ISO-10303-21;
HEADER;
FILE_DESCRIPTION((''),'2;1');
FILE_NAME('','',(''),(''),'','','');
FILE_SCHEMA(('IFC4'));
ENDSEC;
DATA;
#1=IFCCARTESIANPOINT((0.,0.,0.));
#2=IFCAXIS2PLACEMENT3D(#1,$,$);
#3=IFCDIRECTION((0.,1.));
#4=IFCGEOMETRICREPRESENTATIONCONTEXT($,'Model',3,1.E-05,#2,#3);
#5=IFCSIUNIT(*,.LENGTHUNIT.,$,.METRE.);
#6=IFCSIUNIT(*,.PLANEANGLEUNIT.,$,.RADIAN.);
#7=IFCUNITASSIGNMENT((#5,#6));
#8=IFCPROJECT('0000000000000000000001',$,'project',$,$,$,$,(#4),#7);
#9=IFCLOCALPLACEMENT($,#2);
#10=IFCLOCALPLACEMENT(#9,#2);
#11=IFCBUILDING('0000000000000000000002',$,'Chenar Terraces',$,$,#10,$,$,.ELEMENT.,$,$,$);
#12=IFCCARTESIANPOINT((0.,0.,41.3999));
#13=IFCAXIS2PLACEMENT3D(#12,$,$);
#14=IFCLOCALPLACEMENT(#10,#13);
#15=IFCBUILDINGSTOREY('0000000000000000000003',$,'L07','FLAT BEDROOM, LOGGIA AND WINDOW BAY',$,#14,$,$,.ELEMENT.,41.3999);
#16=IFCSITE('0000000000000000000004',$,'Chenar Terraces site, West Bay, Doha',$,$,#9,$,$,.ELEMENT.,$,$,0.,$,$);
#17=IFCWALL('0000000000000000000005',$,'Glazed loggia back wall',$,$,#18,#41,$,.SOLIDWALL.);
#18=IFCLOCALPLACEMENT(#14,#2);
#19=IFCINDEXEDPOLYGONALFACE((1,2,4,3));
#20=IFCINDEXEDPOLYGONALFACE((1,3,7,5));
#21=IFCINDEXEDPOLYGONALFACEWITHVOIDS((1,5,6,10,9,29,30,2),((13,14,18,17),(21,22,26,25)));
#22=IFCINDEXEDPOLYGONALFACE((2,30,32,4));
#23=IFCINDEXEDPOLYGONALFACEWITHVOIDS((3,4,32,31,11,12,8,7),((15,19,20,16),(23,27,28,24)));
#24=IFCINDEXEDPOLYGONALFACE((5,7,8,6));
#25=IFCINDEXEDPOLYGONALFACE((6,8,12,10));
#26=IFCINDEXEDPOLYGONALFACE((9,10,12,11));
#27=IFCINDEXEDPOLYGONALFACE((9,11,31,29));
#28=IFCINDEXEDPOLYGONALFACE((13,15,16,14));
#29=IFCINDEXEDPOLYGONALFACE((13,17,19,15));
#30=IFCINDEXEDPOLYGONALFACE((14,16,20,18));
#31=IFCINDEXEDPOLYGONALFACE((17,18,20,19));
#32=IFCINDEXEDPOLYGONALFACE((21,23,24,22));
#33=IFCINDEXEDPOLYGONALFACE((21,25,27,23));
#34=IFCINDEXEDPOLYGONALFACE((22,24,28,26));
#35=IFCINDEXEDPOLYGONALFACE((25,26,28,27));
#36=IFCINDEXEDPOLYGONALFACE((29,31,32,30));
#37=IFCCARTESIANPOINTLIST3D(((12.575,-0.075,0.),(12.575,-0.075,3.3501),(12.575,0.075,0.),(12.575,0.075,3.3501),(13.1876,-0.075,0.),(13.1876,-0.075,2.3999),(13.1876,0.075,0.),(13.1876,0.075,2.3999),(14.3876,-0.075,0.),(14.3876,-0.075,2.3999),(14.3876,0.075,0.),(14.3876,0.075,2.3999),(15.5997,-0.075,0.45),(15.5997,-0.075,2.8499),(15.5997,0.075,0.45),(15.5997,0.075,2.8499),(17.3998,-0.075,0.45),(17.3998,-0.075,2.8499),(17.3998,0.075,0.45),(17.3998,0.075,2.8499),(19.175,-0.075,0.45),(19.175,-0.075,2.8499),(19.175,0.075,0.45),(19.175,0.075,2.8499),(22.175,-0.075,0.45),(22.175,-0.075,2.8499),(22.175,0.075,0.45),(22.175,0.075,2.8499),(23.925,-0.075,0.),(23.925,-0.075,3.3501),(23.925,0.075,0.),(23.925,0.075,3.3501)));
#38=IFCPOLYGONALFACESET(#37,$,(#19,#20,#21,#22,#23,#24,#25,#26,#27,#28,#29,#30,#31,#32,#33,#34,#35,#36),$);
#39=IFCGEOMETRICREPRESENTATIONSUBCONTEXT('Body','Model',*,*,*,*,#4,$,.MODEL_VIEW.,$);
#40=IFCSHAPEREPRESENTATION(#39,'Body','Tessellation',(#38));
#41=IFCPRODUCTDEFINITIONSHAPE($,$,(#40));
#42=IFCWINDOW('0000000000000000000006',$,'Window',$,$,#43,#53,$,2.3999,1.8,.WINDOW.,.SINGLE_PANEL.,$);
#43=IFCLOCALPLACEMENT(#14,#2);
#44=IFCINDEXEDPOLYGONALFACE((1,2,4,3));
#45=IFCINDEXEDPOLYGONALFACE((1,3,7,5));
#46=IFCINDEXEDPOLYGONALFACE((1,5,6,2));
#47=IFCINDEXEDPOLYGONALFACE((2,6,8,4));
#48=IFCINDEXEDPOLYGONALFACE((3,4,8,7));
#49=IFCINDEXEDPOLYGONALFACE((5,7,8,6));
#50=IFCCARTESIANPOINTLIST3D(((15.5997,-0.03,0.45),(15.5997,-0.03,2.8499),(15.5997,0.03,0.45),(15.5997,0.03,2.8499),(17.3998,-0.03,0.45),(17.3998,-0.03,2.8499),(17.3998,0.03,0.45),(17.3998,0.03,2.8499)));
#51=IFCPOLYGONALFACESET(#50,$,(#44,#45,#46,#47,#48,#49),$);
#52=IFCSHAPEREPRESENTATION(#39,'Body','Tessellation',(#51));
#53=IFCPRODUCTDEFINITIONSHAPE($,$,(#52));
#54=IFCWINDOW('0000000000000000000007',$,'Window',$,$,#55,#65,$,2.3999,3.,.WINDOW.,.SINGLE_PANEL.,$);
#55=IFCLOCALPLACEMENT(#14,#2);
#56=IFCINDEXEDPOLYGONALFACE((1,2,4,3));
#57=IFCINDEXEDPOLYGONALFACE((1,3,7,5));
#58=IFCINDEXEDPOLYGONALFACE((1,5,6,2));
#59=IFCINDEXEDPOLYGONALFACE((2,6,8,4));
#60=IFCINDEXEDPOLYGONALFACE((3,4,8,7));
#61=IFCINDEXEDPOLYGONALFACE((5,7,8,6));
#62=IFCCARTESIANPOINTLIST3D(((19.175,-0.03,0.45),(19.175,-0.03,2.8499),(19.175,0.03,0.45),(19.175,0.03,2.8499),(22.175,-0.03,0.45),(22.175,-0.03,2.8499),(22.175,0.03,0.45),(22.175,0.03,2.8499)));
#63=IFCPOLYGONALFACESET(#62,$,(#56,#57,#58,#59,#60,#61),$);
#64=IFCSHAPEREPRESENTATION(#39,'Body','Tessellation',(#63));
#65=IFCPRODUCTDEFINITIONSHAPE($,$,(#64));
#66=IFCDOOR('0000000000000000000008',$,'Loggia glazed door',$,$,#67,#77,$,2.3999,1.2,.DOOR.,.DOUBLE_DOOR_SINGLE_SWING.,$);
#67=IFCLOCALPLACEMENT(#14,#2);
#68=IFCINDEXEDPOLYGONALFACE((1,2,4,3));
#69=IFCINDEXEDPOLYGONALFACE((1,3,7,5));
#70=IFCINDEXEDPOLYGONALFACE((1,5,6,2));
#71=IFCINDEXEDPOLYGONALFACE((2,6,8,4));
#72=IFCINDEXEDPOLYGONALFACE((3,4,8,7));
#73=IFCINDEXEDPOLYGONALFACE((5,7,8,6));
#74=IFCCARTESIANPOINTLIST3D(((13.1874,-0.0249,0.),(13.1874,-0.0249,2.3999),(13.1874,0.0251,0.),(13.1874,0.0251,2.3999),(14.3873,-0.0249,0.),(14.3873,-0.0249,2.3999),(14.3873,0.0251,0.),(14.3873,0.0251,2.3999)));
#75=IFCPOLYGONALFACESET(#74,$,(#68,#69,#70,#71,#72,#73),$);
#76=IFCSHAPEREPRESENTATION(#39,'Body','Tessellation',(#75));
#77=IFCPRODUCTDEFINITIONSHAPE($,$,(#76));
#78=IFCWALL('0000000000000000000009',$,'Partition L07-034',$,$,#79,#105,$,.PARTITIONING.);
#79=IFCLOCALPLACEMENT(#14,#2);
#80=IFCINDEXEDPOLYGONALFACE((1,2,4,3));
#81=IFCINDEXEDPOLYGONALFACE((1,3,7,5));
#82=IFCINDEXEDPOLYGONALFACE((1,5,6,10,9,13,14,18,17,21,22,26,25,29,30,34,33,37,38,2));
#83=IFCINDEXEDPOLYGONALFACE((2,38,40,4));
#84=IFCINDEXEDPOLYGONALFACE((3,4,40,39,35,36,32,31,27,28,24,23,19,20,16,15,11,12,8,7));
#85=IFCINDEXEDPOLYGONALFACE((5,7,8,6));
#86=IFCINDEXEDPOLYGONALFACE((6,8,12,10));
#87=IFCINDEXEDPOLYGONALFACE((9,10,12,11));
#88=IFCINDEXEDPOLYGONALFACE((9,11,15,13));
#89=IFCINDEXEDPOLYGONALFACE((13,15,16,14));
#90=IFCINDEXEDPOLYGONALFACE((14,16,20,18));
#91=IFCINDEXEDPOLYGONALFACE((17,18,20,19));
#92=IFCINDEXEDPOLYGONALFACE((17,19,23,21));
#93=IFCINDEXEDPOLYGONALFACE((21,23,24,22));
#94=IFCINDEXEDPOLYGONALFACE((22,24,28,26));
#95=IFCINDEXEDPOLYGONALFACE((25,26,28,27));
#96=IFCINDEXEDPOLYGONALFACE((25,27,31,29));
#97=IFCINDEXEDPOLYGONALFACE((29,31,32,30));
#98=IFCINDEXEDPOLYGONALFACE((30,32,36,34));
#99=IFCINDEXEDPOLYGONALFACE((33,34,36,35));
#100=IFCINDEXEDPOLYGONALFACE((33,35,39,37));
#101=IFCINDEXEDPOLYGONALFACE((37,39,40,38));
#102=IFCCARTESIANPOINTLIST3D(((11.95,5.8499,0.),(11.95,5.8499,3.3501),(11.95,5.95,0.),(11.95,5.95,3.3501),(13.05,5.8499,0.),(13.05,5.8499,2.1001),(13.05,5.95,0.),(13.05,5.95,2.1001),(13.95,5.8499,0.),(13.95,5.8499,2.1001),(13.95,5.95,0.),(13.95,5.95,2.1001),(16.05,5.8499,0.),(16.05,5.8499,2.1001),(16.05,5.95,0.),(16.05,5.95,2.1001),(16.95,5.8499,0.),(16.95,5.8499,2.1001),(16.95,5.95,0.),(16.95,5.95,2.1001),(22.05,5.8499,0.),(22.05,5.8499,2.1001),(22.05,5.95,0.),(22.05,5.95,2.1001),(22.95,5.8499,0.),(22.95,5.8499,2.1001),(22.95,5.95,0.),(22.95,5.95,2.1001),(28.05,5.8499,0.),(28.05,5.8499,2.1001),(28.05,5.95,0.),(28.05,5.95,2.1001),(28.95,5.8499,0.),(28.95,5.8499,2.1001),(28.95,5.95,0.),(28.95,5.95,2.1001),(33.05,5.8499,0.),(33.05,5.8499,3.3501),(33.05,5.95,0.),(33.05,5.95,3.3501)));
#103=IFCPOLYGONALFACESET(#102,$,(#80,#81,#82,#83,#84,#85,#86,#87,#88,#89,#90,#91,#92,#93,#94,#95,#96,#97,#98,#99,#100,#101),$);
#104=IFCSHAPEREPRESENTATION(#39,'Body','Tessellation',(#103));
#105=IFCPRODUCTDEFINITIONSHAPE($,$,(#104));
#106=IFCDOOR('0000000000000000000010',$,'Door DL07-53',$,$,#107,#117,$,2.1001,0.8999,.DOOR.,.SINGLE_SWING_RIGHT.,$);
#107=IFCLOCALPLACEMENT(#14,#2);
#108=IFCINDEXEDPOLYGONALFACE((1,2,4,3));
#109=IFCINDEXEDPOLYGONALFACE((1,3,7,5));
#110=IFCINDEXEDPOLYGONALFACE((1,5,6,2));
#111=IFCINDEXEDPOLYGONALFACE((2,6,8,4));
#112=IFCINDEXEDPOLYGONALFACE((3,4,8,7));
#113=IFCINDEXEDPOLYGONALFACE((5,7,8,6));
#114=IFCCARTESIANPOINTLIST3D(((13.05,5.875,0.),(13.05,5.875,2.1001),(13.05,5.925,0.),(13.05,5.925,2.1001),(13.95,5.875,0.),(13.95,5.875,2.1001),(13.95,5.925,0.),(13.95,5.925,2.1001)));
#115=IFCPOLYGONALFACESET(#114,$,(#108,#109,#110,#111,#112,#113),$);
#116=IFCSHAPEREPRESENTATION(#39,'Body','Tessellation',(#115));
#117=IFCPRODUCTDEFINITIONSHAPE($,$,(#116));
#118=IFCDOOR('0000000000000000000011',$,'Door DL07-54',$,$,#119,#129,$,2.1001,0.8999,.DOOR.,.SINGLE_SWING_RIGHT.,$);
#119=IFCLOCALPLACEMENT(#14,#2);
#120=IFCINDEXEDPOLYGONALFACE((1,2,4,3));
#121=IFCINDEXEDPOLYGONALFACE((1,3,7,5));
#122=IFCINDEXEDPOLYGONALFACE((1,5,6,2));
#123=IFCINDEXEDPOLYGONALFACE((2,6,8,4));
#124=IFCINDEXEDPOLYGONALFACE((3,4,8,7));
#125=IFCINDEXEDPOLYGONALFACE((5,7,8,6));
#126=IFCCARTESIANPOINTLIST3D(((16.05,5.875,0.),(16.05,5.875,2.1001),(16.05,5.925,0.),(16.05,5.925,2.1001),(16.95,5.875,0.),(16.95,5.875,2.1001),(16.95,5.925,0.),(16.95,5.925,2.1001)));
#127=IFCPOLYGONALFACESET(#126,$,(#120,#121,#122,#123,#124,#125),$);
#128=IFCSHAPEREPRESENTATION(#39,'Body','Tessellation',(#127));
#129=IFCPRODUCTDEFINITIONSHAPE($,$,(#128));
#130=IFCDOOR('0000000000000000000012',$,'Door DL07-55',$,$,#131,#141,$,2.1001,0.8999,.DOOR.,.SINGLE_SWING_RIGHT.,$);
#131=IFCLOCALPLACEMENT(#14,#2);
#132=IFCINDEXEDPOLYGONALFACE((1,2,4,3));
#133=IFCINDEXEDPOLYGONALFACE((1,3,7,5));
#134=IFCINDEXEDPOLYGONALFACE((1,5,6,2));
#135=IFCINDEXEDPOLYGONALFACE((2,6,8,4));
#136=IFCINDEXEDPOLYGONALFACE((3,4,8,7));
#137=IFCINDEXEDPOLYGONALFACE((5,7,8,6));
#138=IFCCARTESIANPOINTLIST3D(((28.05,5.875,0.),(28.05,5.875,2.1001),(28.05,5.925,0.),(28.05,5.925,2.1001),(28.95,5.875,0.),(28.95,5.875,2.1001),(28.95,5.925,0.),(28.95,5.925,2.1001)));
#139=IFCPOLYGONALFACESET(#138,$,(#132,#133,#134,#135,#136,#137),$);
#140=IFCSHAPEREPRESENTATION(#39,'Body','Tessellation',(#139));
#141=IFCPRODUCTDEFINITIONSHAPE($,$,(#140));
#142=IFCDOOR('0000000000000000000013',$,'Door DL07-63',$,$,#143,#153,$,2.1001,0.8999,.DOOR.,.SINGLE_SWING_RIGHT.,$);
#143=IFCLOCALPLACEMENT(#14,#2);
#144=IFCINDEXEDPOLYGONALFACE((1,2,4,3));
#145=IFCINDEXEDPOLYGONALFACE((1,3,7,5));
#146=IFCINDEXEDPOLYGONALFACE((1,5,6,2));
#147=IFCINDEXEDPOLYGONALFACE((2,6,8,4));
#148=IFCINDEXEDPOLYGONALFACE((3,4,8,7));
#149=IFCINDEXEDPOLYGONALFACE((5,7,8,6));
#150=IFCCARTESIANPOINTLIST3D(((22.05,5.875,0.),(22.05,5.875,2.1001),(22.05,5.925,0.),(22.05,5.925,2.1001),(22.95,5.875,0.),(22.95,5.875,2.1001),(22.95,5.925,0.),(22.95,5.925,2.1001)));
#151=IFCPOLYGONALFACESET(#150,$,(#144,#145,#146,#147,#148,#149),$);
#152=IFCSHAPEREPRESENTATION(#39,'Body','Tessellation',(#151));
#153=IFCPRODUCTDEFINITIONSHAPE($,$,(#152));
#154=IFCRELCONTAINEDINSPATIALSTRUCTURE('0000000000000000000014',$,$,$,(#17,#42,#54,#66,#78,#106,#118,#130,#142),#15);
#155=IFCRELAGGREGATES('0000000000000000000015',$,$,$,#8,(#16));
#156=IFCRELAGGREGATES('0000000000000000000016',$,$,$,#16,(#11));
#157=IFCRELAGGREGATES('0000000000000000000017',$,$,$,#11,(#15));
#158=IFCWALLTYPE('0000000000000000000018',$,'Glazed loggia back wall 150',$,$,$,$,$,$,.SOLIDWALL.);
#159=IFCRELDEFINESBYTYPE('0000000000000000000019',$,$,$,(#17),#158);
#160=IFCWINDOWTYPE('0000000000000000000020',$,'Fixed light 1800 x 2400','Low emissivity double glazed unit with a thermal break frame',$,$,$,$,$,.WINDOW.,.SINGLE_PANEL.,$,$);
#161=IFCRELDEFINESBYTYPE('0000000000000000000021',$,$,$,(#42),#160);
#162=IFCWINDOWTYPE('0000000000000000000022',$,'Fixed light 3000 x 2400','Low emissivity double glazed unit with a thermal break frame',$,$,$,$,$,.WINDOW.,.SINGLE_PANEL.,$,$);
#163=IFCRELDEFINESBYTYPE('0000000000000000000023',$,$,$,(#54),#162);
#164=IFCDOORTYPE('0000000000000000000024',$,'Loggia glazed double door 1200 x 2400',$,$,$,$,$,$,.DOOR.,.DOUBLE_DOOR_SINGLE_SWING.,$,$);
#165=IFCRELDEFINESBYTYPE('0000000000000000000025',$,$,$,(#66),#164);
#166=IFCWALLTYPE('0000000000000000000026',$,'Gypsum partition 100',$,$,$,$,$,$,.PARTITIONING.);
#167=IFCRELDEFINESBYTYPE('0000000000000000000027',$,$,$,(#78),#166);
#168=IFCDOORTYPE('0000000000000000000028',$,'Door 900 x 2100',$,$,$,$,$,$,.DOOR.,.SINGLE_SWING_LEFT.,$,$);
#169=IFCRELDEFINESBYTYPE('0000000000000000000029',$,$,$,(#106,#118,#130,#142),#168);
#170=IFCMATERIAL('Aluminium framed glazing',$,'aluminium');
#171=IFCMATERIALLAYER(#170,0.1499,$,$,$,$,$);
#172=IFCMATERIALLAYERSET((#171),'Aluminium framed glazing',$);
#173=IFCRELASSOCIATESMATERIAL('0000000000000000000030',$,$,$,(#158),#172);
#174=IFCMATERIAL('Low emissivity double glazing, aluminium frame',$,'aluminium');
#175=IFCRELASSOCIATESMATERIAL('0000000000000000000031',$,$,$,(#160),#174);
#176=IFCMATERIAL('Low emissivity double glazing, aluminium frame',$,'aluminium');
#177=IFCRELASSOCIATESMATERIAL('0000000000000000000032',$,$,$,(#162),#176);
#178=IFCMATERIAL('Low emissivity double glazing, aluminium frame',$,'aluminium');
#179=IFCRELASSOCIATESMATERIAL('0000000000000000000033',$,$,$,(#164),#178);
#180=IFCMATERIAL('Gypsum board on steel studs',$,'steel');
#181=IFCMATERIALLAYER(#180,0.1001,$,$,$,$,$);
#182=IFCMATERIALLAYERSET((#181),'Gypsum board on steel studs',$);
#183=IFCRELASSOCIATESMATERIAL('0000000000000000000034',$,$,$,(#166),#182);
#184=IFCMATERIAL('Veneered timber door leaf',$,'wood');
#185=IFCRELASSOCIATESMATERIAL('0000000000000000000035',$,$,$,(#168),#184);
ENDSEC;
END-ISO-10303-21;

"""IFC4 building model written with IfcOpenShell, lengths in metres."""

from ifc_helpers import new_model, si_unit, direction, frame, frame_2d, origin, place, context, subcontext, project, spatial, rectangle, extrude, material, layer, layer_set, type_object, element, fill, save


model = new_model("IFC4")

# Units and contexts
model_context = context("Model", 3, precision=1e-05, world=origin(), true_north=direction((0.0, 1.0)))
body_context = subcontext(model_context, "Body", "Model", "MODEL_VIEW")
ifc_project = project(units=[si_unit("LENGTHUNIT", "METRE"), si_unit("PLANEANGLEUNIT", "RADIAN")], contexts=[model_context])

# Site, building, storey
site_placement = place(None, origin())
site = spatial("IfcSite", under=ifc_project, at=site_placement, Name="Chenar Terraces site, West Bay, Doha", CompositionType="ELEMENT", RefElevation=0.0)
building_placement = place(site_placement, origin())
building = spatial("IfcBuilding", under=site, at=building_placement, Name="Chenar Terraces", CompositionType="ELEMENT")
storey_placement = place(building_placement, frame((0.0, 0.0, 41.3999)))
storey = spatial("IfcBuildingStorey", under=building, at=storey_placement, Name="L07", Description="FLAT BEDROOM, LOGGIA AND WINDOW BAY", CompositionType="ELEMENT", Elevation=41.3999)

# Wall, openings, windows, door
ifc_material_1 = material(Name="Aluminium framed glazing", Category="aluminium")
ifc_layer_1 = layer(ifc_material_1, 0.1499)
ifc_layer_set_1 = layer_set([ifc_layer_1], Name="Aluminium framed glazing")
wall_type_1 = type_object("IfcWallType", Name="Glazed loggia back wall 150", PredefinedType="SOLIDWALL", material=ifc_layer_set_1)
wall_1_placement = place(storey_placement, frame((12.575, 0.0, 0.0), z_axis=(0.0, 0.0, 1.0), x_axis=(1.0, 0.0, 0.0)))
wall_1 = element("IfcWall", 1, at=wall_1_placement, inside=storey, type_object=wall_type_1, Name="Glazed loggia back wall", PredefinedType="SOLIDWALL", context=body_context, shape_type="SweptSolid", body=[
    extrude(rectangle(XDim=11.3501, YDim=0.1499, at=frame_2d((5.675, 0.0))), origin(), (0.0, 0.0, 1.0), 3.3501),
])
opening_1_placement = place(wall_1_placement, frame((0.6125, 0.0, 0.0)))
opening_1 = element("IfcOpeningElement", 2, at=opening_1_placement, cuts=wall_1, PredefinedType="OPENING", context=body_context, shape_type="SweptSolid", body=[
    extrude(rectangle(XDim=1.2, YDim=2.3999, at=frame_2d((0.6001, 1.2))), frame((0.0, 0.085, 0.0), z_axis=(0.0, -1.0, 0.0), x_axis=(1.0, 0.0, 0.0)), (0.0, 0.0, 1.0), 0.1699),
])
opening_2_placement = place(wall_1_placement, frame((3.0249, 0.0, 0.45)))
opening_2 = element("IfcOpeningElement", 3, at=opening_2_placement, cuts=wall_1, PredefinedType="OPENING", context=body_context, shape_type="SweptSolid", body=[
    extrude(rectangle(XDim=1.8, YDim=2.3999, at=frame_2d((0.8999, 1.2))), frame((0.0, 0.085, 0.0), z_axis=(0.0, -1.0, 0.0), x_axis=(1.0, 0.0, 0.0)), (0.0, 0.0, 1.0), 0.1699),
])
opening_3_placement = place(wall_1_placement, frame((6.6001, 0.0, 0.45)))
opening_3 = element("IfcOpeningElement", 4, at=opening_3_placement, cuts=wall_1, PredefinedType="OPENING", context=body_context, shape_type="SweptSolid", body=[
    extrude(rectangle(XDim=3.0, YDim=2.3999, at=frame_2d((1.5, 1.2))), frame((0.0, 0.085, 0.0), z_axis=(0.0, -1.0, 0.0), x_axis=(1.0, 0.0, 0.0)), (0.0, 0.0, 1.0), 0.1699),
])
ifc_material_2 = material(Name="Low emissivity double glazing, aluminium frame", Category="aluminium")
window_type_1 = type_object("IfcWindowType", Name="Fixed light 1800 x 2400", Description="Low emissivity double glazed unit with a thermal break frame", PartitioningType="SINGLE_PANEL", PredefinedType="WINDOW", material=ifc_material_2)
window_1_placement = place(opening_2_placement, origin())
window_1 = element("IfcWindow", 5, at=window_1_placement, inside=storey, type_object=window_type_1, Name="Window", OverallHeight=2.3999, OverallWidth=1.8, PartitioningType="SINGLE_PANEL", PredefinedType="WINDOW", context=body_context, shape_type="SweptSolid", body=[
    extrude(rectangle(XDim=1.8, YDim=2.3999, at=frame_2d((0.8999, 1.2))), frame((0.0, 0.03, 0.0), z_axis=(0.0, -1.0, 0.0), x_axis=(1.0, 0.0, 0.0)), (0.0, 0.0, 1.0), 0.0601),
])
fill(opening_2, window_1)
ifc_material_3 = material(Name="Low emissivity double glazing, aluminium frame", Category="aluminium")
window_type_2 = type_object("IfcWindowType", Name="Fixed light 3000 x 2400", Description="Low emissivity double glazed unit with a thermal break frame", PartitioningType="SINGLE_PANEL", PredefinedType="WINDOW", material=ifc_material_3)
window_2_placement = place(opening_3_placement, origin())
window_2 = element("IfcWindow", 6, at=window_2_placement, inside=storey, type_object=window_type_2, Name="Window", OverallHeight=2.3999, OverallWidth=3.0, PartitioningType="SINGLE_PANEL", PredefinedType="WINDOW", context=body_context, shape_type="SweptSolid", body=[
    extrude(rectangle(XDim=3.0, YDim=2.3999, at=frame_2d((1.5, 1.2))), frame((0.0, 0.03, 0.0), z_axis=(0.0, -1.0, 0.0), x_axis=(1.0, 0.0, 0.0)), (0.0, 0.0, 1.0), 0.0601),
])
fill(opening_3, window_2)
ifc_material_4 = material(Name="Low emissivity double glazing, aluminium frame", Category="aluminium")
door_type_1 = type_object("IfcDoorType", Name="Loggia glazed double door 1200 x 2400", OperationType="DOUBLE_DOOR_SINGLE_SWING", PredefinedType="DOOR", material=ifc_material_4)
door_1_placement = place(opening_1_placement, frame((1.2, 0.0, 0.0), z_axis=(0.0, 0.0, 1.0), x_axis=(-1.0, 0.0, 0.0)))
door_1 = element("IfcDoor", 7, at=door_1_placement, inside=storey, type_object=door_type_1, Name="Loggia glazed door", OperationType="DOUBLE_DOOR_SINGLE_SWING", OverallHeight=2.3999, OverallWidth=1.2, PredefinedType="DOOR", context=body_context, shape_type="SweptSolid", body=[
    extrude(rectangle(XDim=1.2, YDim=2.3999, at=frame_2d((0.6001, 1.2))), frame((0.0, 0.0249, 0.0), z_axis=(0.0, -1.0, 0.0), x_axis=(1.0, 0.0, 0.0)), (0.0, 0.0, 1.0), 0.05),
])
fill(opening_1, door_1)

# Wall, openings, doors
ifc_material_5 = material(Name="Gypsum board on steel studs", Category="steel")
ifc_layer_2 = layer(ifc_material_5, 0.1001)
ifc_layer_set_2 = layer_set([ifc_layer_2], Name="Gypsum board on steel studs")
wall_type_2 = type_object("IfcWallType", Name="Gypsum partition 100", PredefinedType="PARTITIONING", material=ifc_layer_set_2)
wall_2_placement = place(storey_placement, frame((11.95, 5.8999, 0.0), z_axis=(0.0, 0.0, 1.0), x_axis=(1.0, 0.0, 0.0)))
wall_2 = element("IfcWall", 8, at=wall_2_placement, inside=storey, type_object=wall_type_2, Name="Partition L07-034", PredefinedType="PARTITIONING", context=body_context, shape_type="SweptSolid", body=[
    extrude(rectangle(XDim=21.1001, YDim=0.1001, at=frame_2d((10.55, 0.0))), origin(), (0.0, 0.0, 1.0), 3.3501),
])
opening_4_placement = place(wall_2_placement, frame((1.1001, 0.0, 0.0)))
opening_4 = element("IfcOpeningElement", 9, at=opening_4_placement, cuts=wall_2, PredefinedType="OPENING", context=body_context, shape_type="SweptSolid", body=[
    extrude(rectangle(XDim=0.8999, YDim=2.1001, at=frame_2d((0.45, 1.05))), frame((0.0, 0.0601, 0.0), z_axis=(0.0, -1.0, 0.0), x_axis=(1.0, 0.0, 0.0)), (0.0, 0.0, 1.0), 0.1201),
])
opening_5_placement = place(wall_2_placement, frame((4.1001, 0.0, 0.0)))
opening_5 = element("IfcOpeningElement", 10, at=opening_5_placement, cuts=wall_2, PredefinedType="OPENING", context=body_context, shape_type="SweptSolid", body=[
    extrude(rectangle(XDim=0.8999, YDim=2.1001, at=frame_2d((0.45, 1.05))), frame((0.0, 0.0601, 0.0), z_axis=(0.0, -1.0, 0.0), x_axis=(1.0, 0.0, 0.0)), (0.0, 0.0, 1.0), 0.1201),
])
opening_6_placement = place(wall_2_placement, frame((16.1001, 0.0, 0.0)))
opening_6 = element("IfcOpeningElement", 11, at=opening_6_placement, cuts=wall_2, PredefinedType="OPENING", context=body_context, shape_type="SweptSolid", body=[
    extrude(rectangle(XDim=0.8999, YDim=2.1001, at=frame_2d((0.45, 1.05))), frame((0.0, 0.0601, 0.0), z_axis=(0.0, -1.0, 0.0), x_axis=(1.0, 0.0, 0.0)), (0.0, 0.0, 1.0), 0.1201),
])
opening_7_placement = place(wall_2_placement, frame((10.1001, 0.0, 0.0)))
opening_7 = element("IfcOpeningElement", 12, at=opening_7_placement, cuts=wall_2, PredefinedType="OPENING", context=body_context, shape_type="SweptSolid", body=[
    extrude(rectangle(XDim=0.8999, YDim=2.1001, at=frame_2d((0.45, 1.05))), frame((0.0, 0.0601, 0.0), z_axis=(0.0, -1.0, 0.0), x_axis=(1.0, 0.0, 0.0)), (0.0, 0.0, 1.0), 0.1201),
])
ifc_material_6 = material(Name="Veneered timber door leaf", Category="wood")
door_type_2 = type_object("IfcDoorType", Name="Door 900 x 2100", OperationType="SINGLE_SWING_LEFT", PredefinedType="DOOR", material=ifc_material_6)
door_2_placement = place(opening_4_placement, frame((0.8999, 0.0, 0.0), z_axis=(0.0, 0.0, 1.0), x_axis=(-1.0, 0.0, 0.0)))
door_2 = element("IfcDoor", 13, at=door_2_placement, inside=storey, type_object=door_type_2, Name="Door DL07-53", OperationType="SINGLE_SWING_RIGHT", OverallHeight=2.1001, OverallWidth=0.8999, PredefinedType="DOOR", context=body_context, shape_type="SweptSolid", body=[
    extrude(rectangle(XDim=0.8999, YDim=2.1001, at=frame_2d((0.45, 1.05))), frame((0.0, 0.0249, 0.0), z_axis=(0.0, -1.0, 0.0), x_axis=(1.0, 0.0, 0.0)), (0.0, 0.0, 1.0), 0.05),
])
fill(opening_4, door_2)
door_3_placement = place(opening_5_placement, frame((0.8999, 0.0, 0.0), z_axis=(0.0, 0.0, 1.0), x_axis=(-1.0, 0.0, 0.0)))
door_3 = element("IfcDoor", 14, at=door_3_placement, inside=storey, type_object=door_type_2, Name="Door DL07-54", OperationType="SINGLE_SWING_RIGHT", OverallHeight=2.1001, OverallWidth=0.8999, PredefinedType="DOOR", context=body_context, shape_type="SweptSolid", body=[
    extrude(rectangle(XDim=0.8999, YDim=2.1001, at=frame_2d((0.45, 1.05))), frame((0.0, 0.0249, 0.0), z_axis=(0.0, -1.0, 0.0), x_axis=(1.0, 0.0, 0.0)), (0.0, 0.0, 1.0), 0.05),
])
fill(opening_5, door_3)
door_4_placement = place(opening_6_placement, frame((0.8999, 0.0, 0.0), z_axis=(0.0, 0.0, 1.0), x_axis=(-1.0, 0.0, 0.0)))
door_4 = element("IfcDoor", 15, at=door_4_placement, inside=storey, type_object=door_type_2, Name="Door DL07-55", OperationType="SINGLE_SWING_RIGHT", OverallHeight=2.1001, OverallWidth=0.8999, PredefinedType="DOOR", context=body_context, shape_type="SweptSolid", body=[
    extrude(rectangle(XDim=0.8999, YDim=2.1001, at=frame_2d((0.45, 1.05))), frame((0.0, 0.0249, 0.0), z_axis=(0.0, -1.0, 0.0), x_axis=(1.0, 0.0, 0.0)), (0.0, 0.0, 1.0), 0.05),
])
fill(opening_6, door_4)
door_5_placement = place(opening_7_placement, frame((0.8999, 0.0, 0.0), z_axis=(0.0, 0.0, 1.0), x_axis=(-1.0, 0.0, 0.0)))
door_5 = element("IfcDoor", 16, at=door_5_placement, inside=storey, type_object=door_type_2, Name="Door DL07-63", OperationType="SINGLE_SWING_RIGHT", OverallHeight=2.1001, OverallWidth=0.8999, PredefinedType="DOOR", context=body_context, shape_type="SweptSolid", body=[
    extrude(rectangle(XDim=0.8999, YDim=2.1001, at=frame_2d((0.45, 1.05))), frame((0.0, 0.0249, 0.0), z_axis=(0.0, -1.0, 0.0), x_axis=(1.0, 0.0, 0.0)), (0.0, 0.0, 1.0), 0.05),
])
fill(opening_7, door_5)

save(model, "model.ifc")
